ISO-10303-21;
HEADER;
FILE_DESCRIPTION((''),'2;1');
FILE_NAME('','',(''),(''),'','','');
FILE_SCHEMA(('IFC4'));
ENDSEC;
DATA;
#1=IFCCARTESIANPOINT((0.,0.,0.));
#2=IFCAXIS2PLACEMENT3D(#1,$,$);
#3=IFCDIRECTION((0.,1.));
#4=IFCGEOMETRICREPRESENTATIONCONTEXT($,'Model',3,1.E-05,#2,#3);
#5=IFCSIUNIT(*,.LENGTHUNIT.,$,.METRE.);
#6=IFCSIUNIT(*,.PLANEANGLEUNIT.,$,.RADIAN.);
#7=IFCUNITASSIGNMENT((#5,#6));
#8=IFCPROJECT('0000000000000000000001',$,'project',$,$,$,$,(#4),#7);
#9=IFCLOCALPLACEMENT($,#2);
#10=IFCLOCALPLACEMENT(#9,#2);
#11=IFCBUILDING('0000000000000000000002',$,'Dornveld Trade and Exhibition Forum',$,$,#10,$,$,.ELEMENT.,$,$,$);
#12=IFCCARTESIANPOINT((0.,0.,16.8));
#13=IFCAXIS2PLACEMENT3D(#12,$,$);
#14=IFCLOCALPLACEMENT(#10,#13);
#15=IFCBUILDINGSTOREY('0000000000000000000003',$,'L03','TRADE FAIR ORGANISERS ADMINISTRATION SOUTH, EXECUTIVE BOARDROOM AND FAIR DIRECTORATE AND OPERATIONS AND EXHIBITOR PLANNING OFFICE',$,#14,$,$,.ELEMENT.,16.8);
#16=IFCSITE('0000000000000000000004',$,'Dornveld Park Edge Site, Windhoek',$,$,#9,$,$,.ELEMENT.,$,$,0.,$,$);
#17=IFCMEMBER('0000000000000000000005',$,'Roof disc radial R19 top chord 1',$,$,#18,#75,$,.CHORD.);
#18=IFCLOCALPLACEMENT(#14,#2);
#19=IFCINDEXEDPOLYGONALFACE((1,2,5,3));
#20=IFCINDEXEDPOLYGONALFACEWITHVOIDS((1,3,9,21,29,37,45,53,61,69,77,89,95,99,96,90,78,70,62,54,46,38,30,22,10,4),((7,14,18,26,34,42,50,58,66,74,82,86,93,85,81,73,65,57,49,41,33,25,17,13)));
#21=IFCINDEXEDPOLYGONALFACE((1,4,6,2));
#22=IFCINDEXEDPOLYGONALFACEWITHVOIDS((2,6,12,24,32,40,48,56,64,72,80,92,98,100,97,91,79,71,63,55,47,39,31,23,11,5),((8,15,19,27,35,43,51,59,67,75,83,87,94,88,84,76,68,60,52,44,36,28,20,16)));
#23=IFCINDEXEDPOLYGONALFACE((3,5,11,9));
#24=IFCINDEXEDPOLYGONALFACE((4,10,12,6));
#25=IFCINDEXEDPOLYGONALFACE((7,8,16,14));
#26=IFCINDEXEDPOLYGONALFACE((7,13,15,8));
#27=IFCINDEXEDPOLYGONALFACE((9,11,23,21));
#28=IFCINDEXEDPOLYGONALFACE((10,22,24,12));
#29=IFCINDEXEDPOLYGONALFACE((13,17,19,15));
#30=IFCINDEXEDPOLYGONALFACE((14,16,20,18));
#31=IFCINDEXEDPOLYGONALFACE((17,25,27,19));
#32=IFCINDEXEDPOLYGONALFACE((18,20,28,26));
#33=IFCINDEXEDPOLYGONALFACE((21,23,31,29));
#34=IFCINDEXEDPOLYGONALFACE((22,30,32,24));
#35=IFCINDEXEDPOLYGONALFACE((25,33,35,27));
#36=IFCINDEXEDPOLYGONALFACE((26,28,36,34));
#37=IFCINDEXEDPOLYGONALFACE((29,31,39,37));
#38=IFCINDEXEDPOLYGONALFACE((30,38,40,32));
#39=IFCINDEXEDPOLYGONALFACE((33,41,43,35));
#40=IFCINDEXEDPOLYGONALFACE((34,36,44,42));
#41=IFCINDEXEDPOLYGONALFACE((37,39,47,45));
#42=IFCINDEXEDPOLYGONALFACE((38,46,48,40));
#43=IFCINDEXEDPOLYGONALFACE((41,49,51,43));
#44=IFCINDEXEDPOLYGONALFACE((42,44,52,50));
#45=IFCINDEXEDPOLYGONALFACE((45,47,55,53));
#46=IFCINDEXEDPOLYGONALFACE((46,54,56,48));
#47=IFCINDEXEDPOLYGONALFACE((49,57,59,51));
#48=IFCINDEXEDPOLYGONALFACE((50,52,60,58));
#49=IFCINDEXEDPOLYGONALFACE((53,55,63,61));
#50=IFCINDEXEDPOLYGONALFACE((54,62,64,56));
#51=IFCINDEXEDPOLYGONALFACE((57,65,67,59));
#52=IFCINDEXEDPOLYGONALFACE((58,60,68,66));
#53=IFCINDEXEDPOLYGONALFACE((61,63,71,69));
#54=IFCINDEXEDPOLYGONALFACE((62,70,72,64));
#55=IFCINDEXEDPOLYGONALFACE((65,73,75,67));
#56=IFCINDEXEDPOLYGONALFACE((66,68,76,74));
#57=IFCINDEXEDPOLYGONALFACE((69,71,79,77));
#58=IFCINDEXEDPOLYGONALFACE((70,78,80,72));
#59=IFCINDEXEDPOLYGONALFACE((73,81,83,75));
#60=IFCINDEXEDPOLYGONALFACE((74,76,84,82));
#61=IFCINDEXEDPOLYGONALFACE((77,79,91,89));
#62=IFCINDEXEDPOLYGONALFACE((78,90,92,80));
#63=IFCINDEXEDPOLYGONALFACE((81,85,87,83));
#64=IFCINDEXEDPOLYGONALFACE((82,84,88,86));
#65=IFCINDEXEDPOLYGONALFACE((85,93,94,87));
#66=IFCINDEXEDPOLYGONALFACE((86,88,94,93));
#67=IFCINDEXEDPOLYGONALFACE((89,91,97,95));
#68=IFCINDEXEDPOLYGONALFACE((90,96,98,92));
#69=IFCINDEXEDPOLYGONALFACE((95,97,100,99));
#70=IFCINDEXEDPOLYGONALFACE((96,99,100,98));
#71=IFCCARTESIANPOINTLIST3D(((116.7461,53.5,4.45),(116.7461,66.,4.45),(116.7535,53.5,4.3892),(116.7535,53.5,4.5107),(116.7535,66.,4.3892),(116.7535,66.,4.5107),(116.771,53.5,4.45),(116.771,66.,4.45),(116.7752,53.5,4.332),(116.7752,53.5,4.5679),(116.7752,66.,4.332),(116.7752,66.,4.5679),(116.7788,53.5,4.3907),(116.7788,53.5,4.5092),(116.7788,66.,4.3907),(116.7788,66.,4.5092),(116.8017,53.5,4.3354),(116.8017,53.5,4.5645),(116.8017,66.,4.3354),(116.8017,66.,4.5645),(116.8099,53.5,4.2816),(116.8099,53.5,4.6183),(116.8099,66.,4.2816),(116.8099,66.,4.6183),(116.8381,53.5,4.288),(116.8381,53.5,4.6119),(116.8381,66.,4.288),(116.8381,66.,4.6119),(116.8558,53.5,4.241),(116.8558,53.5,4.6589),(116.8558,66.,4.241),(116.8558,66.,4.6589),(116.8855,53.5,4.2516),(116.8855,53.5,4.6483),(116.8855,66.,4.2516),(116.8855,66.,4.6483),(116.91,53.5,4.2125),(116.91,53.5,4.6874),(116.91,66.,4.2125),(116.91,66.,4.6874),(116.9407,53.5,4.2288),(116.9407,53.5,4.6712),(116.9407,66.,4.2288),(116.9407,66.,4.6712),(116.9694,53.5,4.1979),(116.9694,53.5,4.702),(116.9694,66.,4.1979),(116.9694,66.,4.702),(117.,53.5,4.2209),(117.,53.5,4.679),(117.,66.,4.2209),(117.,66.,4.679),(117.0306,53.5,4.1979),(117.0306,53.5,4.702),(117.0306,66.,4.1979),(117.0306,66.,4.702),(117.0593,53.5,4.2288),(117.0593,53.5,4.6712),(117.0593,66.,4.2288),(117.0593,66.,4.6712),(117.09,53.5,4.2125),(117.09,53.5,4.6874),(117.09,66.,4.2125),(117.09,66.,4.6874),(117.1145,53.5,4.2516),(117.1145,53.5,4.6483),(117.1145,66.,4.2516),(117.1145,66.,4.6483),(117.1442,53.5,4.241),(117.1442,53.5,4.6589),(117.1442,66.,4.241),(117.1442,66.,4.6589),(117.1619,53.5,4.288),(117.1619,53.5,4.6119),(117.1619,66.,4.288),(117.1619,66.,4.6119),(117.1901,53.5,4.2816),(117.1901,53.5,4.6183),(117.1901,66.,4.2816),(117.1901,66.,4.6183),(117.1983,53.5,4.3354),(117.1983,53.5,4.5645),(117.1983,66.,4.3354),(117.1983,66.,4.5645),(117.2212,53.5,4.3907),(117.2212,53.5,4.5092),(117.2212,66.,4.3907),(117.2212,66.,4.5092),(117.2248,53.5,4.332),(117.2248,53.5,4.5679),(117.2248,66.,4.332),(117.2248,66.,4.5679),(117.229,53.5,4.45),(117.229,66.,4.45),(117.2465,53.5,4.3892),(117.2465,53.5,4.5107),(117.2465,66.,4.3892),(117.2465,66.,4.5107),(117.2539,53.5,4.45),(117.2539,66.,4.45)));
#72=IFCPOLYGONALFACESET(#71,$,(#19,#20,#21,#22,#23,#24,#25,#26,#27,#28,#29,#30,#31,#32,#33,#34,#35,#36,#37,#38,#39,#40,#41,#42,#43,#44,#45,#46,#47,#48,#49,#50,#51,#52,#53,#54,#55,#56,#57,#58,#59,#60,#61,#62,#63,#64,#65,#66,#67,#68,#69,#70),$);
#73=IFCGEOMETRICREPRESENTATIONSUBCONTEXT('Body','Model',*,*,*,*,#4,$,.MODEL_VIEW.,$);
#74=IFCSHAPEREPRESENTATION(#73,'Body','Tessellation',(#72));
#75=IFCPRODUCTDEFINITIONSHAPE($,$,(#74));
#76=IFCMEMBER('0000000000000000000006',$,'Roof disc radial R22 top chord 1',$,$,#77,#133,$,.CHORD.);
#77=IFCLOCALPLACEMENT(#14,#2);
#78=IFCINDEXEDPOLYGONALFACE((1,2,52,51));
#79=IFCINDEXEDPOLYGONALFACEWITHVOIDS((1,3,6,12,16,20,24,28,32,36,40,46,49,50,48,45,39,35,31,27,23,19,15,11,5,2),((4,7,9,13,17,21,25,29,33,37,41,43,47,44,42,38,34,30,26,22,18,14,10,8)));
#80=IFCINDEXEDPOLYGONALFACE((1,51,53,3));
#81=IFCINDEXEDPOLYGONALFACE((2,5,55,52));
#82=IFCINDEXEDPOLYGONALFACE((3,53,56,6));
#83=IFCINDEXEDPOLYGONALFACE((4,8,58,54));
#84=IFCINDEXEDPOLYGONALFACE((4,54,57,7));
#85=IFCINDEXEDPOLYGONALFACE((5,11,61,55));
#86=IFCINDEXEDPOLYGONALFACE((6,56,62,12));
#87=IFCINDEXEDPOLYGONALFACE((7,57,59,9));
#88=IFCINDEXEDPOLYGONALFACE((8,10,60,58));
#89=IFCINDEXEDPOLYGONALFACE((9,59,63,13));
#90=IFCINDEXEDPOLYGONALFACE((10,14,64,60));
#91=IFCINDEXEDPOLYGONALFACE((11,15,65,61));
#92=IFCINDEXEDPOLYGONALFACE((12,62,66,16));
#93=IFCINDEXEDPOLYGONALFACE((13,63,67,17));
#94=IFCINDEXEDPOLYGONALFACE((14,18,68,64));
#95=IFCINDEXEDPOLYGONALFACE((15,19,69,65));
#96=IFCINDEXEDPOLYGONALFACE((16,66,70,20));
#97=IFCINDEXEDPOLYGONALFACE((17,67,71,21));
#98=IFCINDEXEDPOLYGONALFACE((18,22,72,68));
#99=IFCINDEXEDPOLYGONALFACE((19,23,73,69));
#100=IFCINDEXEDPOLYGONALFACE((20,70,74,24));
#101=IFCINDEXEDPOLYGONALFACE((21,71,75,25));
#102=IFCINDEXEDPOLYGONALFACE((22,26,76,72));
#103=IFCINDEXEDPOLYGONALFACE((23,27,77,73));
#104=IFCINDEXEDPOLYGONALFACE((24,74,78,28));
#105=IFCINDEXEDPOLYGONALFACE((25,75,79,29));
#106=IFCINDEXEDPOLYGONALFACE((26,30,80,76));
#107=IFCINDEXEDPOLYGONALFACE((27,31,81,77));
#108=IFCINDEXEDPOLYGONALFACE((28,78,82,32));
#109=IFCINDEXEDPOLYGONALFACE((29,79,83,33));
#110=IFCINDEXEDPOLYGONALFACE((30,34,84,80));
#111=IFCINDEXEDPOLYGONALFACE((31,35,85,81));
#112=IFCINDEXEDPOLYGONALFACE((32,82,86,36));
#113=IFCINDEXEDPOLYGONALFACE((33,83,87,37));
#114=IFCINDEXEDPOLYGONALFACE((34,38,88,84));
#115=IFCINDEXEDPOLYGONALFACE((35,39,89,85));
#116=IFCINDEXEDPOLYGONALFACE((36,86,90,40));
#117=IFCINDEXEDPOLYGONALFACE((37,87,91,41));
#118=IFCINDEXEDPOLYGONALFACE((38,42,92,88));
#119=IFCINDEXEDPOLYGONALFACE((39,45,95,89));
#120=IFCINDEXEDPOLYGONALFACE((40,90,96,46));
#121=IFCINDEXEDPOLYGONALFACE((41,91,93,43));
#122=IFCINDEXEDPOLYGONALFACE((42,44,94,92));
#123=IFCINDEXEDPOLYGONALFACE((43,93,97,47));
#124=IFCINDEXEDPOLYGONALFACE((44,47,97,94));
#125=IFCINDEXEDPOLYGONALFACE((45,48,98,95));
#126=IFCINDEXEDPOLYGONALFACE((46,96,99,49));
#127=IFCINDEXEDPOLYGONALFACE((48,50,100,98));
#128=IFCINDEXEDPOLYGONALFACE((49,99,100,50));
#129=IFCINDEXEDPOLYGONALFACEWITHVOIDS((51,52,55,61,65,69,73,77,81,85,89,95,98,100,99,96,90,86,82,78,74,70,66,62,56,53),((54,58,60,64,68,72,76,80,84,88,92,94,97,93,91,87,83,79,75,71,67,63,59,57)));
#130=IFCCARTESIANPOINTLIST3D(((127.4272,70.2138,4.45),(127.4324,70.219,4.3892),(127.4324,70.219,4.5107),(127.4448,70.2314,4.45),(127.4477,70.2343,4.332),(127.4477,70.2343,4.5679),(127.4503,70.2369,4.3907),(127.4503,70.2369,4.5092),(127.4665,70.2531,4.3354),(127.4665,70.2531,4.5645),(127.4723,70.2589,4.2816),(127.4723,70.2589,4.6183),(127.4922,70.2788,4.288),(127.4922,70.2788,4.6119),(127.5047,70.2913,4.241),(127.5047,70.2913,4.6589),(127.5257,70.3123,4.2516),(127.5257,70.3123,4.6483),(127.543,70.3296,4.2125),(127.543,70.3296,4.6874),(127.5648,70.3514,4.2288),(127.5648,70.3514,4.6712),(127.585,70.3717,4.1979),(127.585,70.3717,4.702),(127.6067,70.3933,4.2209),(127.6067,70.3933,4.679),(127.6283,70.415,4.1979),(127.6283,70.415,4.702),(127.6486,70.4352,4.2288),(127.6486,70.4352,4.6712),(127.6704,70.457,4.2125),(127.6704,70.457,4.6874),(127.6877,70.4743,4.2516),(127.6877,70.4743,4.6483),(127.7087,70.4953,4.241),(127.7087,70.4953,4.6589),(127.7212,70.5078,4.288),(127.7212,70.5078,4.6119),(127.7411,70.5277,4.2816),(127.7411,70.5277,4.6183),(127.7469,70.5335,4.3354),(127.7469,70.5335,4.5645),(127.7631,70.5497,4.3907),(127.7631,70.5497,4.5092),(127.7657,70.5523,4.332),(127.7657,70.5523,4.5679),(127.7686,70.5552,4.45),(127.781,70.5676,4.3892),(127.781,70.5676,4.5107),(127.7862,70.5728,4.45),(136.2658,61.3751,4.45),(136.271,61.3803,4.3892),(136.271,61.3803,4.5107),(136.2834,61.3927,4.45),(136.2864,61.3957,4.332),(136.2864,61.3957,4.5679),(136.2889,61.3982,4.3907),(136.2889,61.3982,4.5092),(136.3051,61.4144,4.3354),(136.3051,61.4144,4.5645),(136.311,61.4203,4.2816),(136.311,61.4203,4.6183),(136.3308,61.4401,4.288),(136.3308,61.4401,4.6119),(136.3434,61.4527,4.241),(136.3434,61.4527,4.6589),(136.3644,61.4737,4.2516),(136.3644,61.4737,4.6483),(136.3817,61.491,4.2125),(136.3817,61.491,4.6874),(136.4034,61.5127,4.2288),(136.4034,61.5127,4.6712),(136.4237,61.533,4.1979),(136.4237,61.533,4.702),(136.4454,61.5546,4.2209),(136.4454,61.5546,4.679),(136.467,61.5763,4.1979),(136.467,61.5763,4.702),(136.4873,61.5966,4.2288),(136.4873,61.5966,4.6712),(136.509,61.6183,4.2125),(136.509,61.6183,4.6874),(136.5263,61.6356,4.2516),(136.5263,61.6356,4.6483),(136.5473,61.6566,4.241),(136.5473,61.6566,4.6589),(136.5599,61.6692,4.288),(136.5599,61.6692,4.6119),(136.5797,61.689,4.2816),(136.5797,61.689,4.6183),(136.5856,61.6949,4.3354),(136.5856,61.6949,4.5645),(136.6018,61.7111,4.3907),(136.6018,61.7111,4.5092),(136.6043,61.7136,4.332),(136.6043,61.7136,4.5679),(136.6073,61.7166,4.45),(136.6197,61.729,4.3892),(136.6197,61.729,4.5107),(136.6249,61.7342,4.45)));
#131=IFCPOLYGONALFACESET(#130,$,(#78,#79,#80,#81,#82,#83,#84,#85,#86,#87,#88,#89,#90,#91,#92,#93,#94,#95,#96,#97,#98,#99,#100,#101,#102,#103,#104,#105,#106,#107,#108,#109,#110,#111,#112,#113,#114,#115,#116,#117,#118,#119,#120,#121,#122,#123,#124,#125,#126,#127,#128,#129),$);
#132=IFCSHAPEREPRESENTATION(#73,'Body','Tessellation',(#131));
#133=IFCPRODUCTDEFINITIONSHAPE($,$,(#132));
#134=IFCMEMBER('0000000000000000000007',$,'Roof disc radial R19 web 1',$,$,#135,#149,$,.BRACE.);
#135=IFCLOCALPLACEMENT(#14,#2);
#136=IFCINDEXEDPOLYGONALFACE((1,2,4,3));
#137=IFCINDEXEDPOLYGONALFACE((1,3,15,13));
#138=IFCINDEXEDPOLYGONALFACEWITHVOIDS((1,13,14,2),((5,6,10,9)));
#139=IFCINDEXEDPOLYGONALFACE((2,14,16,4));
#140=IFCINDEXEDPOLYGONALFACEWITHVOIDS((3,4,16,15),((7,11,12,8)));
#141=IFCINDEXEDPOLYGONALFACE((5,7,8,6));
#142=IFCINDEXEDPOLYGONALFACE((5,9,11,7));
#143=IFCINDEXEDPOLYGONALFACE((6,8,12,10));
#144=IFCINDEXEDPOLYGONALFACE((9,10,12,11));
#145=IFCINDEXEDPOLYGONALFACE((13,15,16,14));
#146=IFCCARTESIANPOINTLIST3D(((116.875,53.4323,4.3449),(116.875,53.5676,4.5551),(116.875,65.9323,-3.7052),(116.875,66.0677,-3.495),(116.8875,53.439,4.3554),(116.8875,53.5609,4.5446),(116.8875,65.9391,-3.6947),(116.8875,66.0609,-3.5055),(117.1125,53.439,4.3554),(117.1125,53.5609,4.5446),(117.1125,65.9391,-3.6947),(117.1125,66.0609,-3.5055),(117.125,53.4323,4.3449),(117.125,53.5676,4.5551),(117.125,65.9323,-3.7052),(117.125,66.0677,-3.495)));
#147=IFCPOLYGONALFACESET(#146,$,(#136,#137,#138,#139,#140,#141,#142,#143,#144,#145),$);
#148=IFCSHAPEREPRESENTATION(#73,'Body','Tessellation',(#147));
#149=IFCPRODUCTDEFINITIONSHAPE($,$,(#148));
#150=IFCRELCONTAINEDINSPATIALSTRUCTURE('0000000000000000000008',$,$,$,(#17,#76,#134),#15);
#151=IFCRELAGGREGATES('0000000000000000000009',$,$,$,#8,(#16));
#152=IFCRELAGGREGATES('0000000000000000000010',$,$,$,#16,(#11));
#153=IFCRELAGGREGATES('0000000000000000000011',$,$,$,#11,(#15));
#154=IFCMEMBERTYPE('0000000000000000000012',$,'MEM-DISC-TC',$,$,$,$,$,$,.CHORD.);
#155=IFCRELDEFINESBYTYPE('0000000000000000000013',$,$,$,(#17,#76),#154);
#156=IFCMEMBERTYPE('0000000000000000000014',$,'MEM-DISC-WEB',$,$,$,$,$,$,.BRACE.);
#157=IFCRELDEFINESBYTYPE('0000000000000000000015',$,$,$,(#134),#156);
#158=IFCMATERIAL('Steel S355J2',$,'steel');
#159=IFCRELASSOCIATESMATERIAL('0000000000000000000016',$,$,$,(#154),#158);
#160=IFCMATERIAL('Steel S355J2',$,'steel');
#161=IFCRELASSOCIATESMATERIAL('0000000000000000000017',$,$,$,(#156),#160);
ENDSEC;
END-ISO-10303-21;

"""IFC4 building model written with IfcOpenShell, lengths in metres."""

from ifc_helpers import new_model, si_unit, direction, frame, origin, origin_2d, place, context, subcontext, project, spatial, hollow_rectangle, hollow_circle, extrude, material, material_profile, profile_set, type_object, element, save


model = new_model("IFC4")

# Units and contexts
model_context = context("Model", 3, precision=1e-05, world=origin(), true_north=direction((0.0, 1.0)))
body_context = subcontext(model_context, "Body", "Model", "MODEL_VIEW")
ifc_project = project(units=[si_unit("LENGTHUNIT", "METRE"), si_unit("PLANEANGLEUNIT", "RADIAN")], contexts=[model_context])

# Site, building, storey
site_placement = place(None, origin())
site = spatial("IfcSite", under=ifc_project, at=site_placement, Name="Dornveld Park Edge Site, Windhoek", CompositionType="ELEMENT", RefElevation=0.0)
building_placement = place(site_placement, origin())
building = spatial("IfcBuilding", under=site, at=building_placement, Name="Dornveld Trade and Exhibition Forum", CompositionType="ELEMENT")
storey_placement = place(building_placement, frame((0.0, 0.0, 16.8)))
storey = spatial("IfcBuildingStorey", under=building, at=storey_placement, Name="L03", Description="TRADE FAIR ORGANISERS ADMINISTRATION SOUTH, EXECUTIVE BOARDROOM AND FAIR DIRECTORATE AND OPERATIONS AND EXHIBITOR PLANNING OFFICE", CompositionType="ELEMENT", Elevation=16.8)

# Members
ifc_material_1 = material(Name="Steel S355J2", Category="steel")
ifc_material_profile_1 = material_profile(ifc_material_1, hollow_circle(Radius=0.2539, WallThickness=0.0249, at=origin_2d()), Name="CHS 508x25")
ifc_profile_set_1 = profile_set([ifc_material_profile_1], Name="Steel S355J2")
member_type_1 = type_object("IfcMemberType", Name="MEM-DISC-TC", PredefinedType="CHORD", material=ifc_profile_set_1)
member_1_placement = place(storey_placement, frame((117.0, 66.0, 4.45), z_axis=(0.0, -1.0, 0.0), x_axis=(1.0, 0.0, 0.0)))
element("IfcMember", 1, at=member_1_placement, inside=storey, type_object=member_type_1, Name="Roof disc radial R19 top chord 1", PredefinedType="CHORD", context=body_context, shape_type="SweptSolid", body=[
    extrude(hollow_circle(Radius=0.2539, WallThickness=0.0249, at=origin_2d()), origin(), (0.0, 0.0, 1.0), 12.5),
])
member_2_placement = place(storey_placement, frame((127.6067, 70.3933, 4.45), z_axis=(0.707107, -0.707107, 0.0), x_axis=(0.707107, 0.707107, 0.0)))
element("IfcMember", 2, at=member_2_placement, inside=storey, type_object=member_type_1, Name="Roof disc radial R22 top chord 1", PredefinedType="CHORD", context=body_context, shape_type="SweptSolid", body=[
    extrude(hollow_circle(Radius=0.2539, WallThickness=0.0249, at=origin_2d()), origin(), (0.0, 0.0, 1.0), 12.4998),
])
ifc_material_2 = material(Name="Steel S355J2", Category="steel")
ifc_material_profile_2 = material_profile(ifc_material_2, hollow_rectangle(XDim=0.25, YDim=0.25, WallThickness=0.0125, at=origin_2d()), Name="SHS 250x250x12.5")
ifc_profile_set_2 = profile_set([ifc_material_profile_2], Name="Steel S355J2")
member_type_2 = type_object("IfcMemberType", Name="MEM-DISC-WEB", PredefinedType="BRACE", material=ifc_profile_set_2)
member_3_placement = place(storey_placement, frame((117.0, 66.0, -3.6001), z_axis=(0.0, -0.84074, 0.54144), x_axis=(1.0, 0.0, 0.0)))
element("IfcMember", 3, at=member_3_placement, inside=storey, type_object=member_type_2, Name="Roof disc radial R19 web 1", PredefinedType="BRACE", context=body_context, shape_type="SweptSolid", body=[
    extrude(hollow_rectangle(XDim=0.25, YDim=0.25, WallThickness=0.0125, at=origin_2d()), origin(), (0.0, 0.0, 1.0), 14.8679),
])

save(model, "model.ifc")
